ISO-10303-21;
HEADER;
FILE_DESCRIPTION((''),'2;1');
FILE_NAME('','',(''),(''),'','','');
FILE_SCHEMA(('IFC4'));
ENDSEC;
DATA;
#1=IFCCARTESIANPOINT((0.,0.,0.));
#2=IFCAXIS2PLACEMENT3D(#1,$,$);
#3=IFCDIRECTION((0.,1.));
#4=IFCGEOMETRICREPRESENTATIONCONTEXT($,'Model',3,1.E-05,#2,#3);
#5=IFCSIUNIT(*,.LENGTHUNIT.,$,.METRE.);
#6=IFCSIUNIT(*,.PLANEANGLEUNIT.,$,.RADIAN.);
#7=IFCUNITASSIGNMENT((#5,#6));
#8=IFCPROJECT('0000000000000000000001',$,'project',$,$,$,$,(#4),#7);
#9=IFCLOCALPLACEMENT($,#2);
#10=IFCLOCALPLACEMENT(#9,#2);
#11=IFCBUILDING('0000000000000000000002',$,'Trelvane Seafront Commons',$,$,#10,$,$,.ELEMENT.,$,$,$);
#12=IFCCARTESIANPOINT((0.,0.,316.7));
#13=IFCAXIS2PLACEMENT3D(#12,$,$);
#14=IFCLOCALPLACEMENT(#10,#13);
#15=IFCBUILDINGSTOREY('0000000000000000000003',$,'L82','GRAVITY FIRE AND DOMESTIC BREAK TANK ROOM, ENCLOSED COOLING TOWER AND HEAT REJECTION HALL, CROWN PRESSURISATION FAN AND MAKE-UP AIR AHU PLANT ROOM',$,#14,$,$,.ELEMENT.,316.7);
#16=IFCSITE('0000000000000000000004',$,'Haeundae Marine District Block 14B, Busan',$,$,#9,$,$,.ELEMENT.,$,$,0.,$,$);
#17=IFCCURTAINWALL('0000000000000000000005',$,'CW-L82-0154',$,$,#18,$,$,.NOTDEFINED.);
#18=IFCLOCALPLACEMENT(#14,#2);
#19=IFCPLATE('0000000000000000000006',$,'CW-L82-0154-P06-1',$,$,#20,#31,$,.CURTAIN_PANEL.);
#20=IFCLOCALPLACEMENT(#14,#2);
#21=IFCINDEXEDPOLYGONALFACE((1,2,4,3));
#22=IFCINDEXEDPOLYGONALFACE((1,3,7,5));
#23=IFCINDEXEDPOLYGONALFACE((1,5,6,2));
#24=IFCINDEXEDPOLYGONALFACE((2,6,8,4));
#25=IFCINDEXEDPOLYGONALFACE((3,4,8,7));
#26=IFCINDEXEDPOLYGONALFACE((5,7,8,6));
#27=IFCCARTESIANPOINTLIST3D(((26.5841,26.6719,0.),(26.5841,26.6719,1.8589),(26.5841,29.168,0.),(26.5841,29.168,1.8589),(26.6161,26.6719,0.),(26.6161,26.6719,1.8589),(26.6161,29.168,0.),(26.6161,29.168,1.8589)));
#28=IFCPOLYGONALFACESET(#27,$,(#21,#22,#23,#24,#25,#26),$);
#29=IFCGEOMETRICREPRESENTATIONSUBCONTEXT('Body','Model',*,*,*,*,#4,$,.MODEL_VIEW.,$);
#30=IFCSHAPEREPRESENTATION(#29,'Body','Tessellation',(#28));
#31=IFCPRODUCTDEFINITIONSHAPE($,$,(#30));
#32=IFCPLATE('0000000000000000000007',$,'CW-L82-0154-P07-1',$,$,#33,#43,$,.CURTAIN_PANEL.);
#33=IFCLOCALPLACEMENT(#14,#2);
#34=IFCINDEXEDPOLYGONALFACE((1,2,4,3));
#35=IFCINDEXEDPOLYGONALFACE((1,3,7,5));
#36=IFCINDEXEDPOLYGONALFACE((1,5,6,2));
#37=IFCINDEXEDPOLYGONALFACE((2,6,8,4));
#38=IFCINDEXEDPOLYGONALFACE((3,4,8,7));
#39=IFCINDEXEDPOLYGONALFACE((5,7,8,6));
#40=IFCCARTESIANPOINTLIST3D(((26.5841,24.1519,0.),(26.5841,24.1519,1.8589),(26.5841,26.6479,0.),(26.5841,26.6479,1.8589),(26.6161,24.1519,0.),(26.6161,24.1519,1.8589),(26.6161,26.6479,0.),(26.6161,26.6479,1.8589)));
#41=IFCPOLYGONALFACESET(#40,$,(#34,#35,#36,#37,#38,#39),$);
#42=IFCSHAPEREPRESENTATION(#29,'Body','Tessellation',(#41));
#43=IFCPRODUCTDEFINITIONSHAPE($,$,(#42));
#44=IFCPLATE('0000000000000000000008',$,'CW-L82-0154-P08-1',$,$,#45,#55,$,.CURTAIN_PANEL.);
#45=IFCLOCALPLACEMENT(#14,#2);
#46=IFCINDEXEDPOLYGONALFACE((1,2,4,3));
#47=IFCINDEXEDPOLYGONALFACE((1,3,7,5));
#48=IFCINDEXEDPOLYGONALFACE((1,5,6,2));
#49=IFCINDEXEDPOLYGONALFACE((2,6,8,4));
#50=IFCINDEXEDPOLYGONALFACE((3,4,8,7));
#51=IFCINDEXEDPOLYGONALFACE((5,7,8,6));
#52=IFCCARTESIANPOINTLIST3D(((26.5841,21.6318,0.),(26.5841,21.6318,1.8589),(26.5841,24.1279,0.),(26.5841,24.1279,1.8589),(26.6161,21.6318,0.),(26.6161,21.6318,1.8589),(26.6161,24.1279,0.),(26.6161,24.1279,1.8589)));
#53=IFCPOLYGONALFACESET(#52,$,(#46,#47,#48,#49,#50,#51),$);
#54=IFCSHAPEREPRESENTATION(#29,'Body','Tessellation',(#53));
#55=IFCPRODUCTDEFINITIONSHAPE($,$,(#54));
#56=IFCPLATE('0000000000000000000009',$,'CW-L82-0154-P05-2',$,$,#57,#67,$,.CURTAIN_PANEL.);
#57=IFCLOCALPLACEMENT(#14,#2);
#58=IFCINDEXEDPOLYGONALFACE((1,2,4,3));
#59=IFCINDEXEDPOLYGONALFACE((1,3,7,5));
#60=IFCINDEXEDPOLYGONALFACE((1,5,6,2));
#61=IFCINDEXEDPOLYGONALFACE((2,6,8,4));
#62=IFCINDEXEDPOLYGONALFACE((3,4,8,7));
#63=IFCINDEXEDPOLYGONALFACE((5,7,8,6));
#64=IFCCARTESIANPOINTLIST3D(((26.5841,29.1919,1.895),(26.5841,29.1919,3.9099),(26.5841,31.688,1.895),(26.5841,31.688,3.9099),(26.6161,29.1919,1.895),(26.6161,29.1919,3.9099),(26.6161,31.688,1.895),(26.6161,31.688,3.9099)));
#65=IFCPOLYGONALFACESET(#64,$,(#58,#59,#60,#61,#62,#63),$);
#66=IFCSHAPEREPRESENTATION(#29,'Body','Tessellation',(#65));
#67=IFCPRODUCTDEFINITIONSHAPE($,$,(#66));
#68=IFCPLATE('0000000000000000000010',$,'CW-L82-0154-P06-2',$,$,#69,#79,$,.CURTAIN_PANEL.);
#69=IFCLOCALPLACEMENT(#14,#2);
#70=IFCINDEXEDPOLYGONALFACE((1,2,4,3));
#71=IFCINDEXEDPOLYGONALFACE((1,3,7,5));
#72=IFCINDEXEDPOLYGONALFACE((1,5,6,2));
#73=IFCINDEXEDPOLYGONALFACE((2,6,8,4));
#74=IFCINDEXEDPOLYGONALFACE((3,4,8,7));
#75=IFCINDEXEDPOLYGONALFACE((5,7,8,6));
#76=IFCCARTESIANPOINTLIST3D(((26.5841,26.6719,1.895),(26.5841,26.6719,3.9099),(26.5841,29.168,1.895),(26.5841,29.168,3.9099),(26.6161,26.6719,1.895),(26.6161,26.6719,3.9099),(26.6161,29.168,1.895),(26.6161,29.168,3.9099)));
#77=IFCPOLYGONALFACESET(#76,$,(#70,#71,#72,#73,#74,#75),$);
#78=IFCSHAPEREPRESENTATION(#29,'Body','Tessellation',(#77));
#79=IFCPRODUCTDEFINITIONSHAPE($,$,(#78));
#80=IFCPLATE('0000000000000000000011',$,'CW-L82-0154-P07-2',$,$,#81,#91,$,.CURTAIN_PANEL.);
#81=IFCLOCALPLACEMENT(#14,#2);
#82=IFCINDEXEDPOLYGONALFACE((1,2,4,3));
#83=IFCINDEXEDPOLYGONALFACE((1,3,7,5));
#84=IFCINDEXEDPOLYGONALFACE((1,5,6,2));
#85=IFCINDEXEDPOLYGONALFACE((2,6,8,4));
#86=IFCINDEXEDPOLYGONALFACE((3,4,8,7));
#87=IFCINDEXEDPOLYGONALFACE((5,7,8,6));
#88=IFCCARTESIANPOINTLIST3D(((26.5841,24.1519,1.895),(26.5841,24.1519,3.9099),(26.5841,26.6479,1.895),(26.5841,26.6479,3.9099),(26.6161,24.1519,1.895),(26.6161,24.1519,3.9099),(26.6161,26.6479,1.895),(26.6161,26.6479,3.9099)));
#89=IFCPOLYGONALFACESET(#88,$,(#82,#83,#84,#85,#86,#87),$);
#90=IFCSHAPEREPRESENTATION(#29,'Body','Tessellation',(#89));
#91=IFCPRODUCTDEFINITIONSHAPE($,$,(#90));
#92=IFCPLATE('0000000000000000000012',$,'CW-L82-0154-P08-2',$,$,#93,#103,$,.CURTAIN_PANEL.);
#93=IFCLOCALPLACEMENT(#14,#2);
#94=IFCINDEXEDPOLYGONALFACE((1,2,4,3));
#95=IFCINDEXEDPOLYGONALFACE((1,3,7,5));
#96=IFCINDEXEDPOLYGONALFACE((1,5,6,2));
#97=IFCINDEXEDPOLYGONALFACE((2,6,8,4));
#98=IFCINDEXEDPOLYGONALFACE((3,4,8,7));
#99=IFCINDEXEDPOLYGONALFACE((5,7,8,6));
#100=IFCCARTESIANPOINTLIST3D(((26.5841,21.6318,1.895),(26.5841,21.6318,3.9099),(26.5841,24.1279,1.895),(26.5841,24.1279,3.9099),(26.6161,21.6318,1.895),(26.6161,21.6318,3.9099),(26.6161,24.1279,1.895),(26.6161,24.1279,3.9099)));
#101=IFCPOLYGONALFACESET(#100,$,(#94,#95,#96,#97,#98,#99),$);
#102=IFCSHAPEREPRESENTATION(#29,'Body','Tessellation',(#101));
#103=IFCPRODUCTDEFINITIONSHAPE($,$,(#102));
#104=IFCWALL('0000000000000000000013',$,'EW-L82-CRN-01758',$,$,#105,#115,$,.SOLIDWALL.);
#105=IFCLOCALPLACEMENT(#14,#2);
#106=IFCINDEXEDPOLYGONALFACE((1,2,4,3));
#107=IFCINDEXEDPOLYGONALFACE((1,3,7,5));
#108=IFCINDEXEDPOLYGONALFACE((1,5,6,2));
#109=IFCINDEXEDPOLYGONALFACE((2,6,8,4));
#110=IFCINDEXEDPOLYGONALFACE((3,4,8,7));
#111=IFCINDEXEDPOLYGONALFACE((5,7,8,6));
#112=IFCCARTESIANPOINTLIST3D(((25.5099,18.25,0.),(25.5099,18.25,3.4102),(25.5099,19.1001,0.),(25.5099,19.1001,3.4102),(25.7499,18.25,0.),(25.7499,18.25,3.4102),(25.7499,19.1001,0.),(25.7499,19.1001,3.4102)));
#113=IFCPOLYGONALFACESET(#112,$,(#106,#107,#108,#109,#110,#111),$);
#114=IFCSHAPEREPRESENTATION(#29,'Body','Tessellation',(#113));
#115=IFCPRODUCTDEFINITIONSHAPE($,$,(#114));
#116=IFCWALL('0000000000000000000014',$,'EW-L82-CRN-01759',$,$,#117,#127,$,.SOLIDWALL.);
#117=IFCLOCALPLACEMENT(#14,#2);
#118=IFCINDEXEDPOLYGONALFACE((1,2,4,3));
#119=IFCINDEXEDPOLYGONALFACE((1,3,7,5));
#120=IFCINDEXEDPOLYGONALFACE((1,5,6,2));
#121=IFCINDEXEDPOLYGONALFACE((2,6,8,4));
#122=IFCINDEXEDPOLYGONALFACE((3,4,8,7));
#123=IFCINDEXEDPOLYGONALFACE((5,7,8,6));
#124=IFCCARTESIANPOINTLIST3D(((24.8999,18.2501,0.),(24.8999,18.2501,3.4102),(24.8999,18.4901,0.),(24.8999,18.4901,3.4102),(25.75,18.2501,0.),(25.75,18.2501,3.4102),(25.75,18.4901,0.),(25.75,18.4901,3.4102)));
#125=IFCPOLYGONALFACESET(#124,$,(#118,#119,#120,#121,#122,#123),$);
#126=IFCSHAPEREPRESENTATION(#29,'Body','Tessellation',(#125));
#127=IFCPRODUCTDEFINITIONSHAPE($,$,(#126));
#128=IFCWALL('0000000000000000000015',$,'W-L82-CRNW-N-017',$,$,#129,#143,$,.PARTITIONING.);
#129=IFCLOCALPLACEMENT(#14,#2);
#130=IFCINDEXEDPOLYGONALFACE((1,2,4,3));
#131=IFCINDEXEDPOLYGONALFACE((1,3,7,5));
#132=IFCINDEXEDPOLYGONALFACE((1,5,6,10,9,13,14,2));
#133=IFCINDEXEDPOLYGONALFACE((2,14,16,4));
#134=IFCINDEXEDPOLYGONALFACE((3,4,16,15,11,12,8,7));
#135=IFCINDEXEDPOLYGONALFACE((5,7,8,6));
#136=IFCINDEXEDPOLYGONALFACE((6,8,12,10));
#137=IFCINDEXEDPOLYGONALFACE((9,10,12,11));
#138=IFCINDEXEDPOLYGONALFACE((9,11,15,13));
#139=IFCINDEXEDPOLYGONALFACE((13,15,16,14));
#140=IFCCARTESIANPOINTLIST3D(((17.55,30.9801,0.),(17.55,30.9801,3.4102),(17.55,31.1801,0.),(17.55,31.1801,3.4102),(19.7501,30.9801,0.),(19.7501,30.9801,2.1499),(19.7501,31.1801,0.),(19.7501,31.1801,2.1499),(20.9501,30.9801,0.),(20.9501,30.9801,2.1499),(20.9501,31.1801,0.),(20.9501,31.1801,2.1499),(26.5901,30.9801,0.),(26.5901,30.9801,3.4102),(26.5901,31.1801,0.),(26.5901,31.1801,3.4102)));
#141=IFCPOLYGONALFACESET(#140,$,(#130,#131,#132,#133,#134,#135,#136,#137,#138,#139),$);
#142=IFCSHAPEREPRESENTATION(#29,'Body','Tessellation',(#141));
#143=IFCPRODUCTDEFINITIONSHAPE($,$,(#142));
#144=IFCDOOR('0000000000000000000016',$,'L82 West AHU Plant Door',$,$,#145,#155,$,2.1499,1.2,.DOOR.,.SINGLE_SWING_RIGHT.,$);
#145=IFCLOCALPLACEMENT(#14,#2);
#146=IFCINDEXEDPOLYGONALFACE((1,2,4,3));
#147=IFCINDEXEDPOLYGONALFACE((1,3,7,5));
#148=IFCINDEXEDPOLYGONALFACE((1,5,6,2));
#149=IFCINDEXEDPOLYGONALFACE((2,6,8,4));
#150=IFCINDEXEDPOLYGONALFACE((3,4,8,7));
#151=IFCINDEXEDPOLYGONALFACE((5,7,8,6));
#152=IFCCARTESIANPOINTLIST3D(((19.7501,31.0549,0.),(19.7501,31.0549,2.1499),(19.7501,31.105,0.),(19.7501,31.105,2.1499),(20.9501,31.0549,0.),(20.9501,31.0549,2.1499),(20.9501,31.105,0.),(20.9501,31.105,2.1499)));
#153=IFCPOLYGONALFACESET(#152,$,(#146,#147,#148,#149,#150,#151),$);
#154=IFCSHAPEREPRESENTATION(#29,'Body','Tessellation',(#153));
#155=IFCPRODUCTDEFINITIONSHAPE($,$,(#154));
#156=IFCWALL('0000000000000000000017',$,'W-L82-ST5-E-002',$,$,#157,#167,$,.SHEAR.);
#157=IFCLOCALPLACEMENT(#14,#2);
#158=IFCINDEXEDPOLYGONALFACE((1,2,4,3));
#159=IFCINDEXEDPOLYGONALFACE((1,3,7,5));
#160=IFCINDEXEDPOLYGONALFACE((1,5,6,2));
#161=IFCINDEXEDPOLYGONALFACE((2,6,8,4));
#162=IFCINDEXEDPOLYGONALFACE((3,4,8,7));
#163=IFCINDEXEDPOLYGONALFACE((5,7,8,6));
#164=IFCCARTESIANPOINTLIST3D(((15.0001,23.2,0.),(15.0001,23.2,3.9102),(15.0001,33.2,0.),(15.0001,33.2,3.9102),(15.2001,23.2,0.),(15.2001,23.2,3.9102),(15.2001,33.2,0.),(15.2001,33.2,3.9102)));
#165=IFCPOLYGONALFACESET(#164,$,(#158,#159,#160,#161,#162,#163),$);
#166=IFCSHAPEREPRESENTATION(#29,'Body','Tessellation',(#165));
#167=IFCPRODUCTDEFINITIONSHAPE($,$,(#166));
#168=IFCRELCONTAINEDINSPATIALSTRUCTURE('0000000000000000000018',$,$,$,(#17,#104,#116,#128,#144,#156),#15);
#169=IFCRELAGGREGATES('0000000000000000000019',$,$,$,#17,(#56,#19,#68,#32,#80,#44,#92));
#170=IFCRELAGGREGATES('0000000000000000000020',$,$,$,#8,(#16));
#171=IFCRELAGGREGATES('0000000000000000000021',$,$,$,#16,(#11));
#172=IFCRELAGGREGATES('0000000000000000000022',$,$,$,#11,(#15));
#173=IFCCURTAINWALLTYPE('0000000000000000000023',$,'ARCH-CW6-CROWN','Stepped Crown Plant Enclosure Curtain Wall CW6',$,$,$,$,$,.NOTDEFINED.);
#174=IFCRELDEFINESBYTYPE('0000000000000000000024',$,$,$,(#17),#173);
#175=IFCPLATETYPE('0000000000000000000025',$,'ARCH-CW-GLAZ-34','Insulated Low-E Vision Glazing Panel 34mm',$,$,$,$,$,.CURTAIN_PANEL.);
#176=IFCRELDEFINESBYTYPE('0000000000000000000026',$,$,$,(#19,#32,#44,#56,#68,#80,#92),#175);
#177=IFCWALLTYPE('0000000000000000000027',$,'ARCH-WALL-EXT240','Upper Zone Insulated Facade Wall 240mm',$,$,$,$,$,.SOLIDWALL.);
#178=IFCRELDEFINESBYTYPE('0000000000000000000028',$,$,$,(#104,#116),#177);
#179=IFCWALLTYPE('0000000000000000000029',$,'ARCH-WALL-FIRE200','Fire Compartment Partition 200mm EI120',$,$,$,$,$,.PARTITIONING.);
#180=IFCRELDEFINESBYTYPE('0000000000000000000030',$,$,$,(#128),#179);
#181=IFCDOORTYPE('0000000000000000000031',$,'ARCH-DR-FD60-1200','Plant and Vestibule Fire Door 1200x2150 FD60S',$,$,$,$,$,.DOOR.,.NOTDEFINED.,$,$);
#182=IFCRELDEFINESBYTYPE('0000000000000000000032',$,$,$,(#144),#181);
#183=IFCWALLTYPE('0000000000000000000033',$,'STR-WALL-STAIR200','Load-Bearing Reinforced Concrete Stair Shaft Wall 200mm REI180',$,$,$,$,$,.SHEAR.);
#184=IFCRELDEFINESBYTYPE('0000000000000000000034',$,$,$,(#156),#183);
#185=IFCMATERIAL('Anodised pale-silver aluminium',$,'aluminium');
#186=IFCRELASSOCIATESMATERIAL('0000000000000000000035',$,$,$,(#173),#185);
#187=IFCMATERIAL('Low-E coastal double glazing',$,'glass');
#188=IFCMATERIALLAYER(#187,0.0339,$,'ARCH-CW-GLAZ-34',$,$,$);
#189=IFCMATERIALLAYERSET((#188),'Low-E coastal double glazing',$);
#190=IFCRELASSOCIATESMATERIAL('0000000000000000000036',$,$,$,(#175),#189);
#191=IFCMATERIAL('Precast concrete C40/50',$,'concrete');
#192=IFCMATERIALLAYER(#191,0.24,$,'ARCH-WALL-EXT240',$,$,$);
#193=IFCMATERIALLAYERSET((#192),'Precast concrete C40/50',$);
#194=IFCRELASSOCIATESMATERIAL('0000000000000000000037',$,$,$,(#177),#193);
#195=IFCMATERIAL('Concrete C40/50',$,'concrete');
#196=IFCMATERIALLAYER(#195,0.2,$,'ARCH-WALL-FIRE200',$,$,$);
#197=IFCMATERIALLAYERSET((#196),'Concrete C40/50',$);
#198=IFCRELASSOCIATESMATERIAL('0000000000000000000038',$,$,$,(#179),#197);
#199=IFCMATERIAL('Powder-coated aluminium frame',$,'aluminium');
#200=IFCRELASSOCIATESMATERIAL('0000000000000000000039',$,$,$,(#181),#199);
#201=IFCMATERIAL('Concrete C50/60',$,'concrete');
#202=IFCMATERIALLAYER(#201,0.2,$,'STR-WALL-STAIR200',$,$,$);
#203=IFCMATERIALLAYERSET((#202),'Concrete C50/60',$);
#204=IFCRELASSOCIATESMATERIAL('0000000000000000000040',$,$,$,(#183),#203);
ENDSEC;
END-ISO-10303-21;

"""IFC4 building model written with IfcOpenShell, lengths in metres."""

from ifc_helpers import new_model, si_unit, direction, frame, frame_2d, origin, origin_2d, place, context, subcontext, project, spatial, rectangle, extrude, source, transform, mapped, material, layer, layer_set, type_object, element, fill, aggregate, save


model = new_model("IFC4")

# Units and contexts
model_context = context("Model", 3, precision=1e-05, world=origin(), true_north=direction((0.0, 1.0)))
body_context = subcontext(model_context, "Body", "Model", "MODEL_VIEW")
ifc_project = project(units=[si_unit("LENGTHUNIT", "METRE"), si_unit("PLANEANGLEUNIT", "RADIAN")], contexts=[model_context])

# Site, building, storey
site_placement = place(None, origin())
site = spatial("IfcSite", under=ifc_project, at=site_placement, Name="Haeundae Marine District Block 14B, Busan", CompositionType="ELEMENT", RefElevation=0.0)
building_placement = place(site_placement, origin())
building = spatial("IfcBuilding", under=site, at=building_placement, Name="Trelvane Seafront Commons", CompositionType="ELEMENT")
storey_placement = place(building_placement, frame((0.0, 0.0, 316.7)))
storey = spatial("IfcBuildingStorey", under=building, at=storey_placement, Name="L82", Description="GRAVITY FIRE AND DOMESTIC BREAK TANK ROOM, ENCLOSED COOLING TOWER AND HEAT REJECTION HALL, CROWN PRESSURISATION FAN AND MAKE-UP AIR AHU PLANT ROOM", CompositionType="ELEMENT", Elevation=316.7)

# Curtain wall, plates
ifc_material_1 = material(Name="Anodised pale-silver aluminium", Category="aluminium")
curtain_wall_type = type_object("IfcCurtainWallType", Name="ARCH-CW6-CROWN", Description="Stepped Crown Plant Enclosure Curtain Wall CW6", PredefinedType="NOTDEFINED", material=ifc_material_1)
curtain_wall_placement = place(storey_placement, origin())
curtain_wall = element("IfcCurtainWall", 1, at=curtain_wall_placement, inside=storey, type_object=curtain_wall_type, Name="CW-L82-0154", PredefinedType="NOTDEFINED")
ifc_material_2 = material(Name="Low-E coastal double glazing", Category="glass")
ifc_layer_1 = layer(ifc_material_2, 0.0339, Name="ARCH-CW-GLAZ-34")
ifc_layer_set_1 = layer_set([ifc_layer_1], Name="Low-E coastal double glazing")
plate_type = type_object("IfcPlateType", Name="ARCH-CW-GLAZ-34", Description="Insulated Low-E Vision Glazing Panel 34mm", PredefinedType="CURTAIN_PANEL", material=ifc_layer_set_1)
shared_shape_1 = source(origin(), body_context, "Body", "SweptSolid", [
    extrude(rectangle(XDim=2.4961, YDim=0.032, at=origin_2d()), origin(), (0.0, 0.0, 1.0), 1.8589),
])
plate_1_placement = place(storey_placement, frame((26.6001, 27.9199, 0.0), z_axis=(0.0, 0.0, 1.0), x_axis=(0.0, -1.0, 0.0)))
plate_1 = element("IfcPlate", 2, at=plate_1_placement, type_object=plate_type, Name="CW-L82-0154-P06-1", PredefinedType="CURTAIN_PANEL", context=body_context, shape_type="MappedRepresentation", body=[
    mapped(shared_shape_1, transform((0.0, 0.0, 0.0), x_axis=(1.0, 0.0, 0.0), y_axis=(0.0, 1.0, 0.0), z_axis=(0.0, 0.0, 1.0), scale=1.0)),
])
plate_2_placement = place(storey_placement, frame((26.6001, 25.3999, 0.0), z_axis=(0.0, 0.0, 1.0), x_axis=(0.0, -1.0, 0.0)))
plate_2 = element("IfcPlate", 3, at=plate_2_placement, type_object=plate_type, Name="CW-L82-0154-P07-1", PredefinedType="CURTAIN_PANEL", context=body_context, shape_type="MappedRepresentation", body=[
    mapped(shared_shape_1, transform((0.0, 0.0, 0.0), x_axis=(1.0, 0.0, 0.0), y_axis=(0.0, 1.0, 0.0), z_axis=(0.0, 0.0, 1.0), scale=1.0)),
])
plate_3_placement = place(storey_placement, frame((26.6001, 22.8799, 0.0), z_axis=(0.0, 0.0, 1.0), x_axis=(0.0, -1.0, 0.0)))
plate_3 = element("IfcPlate", 4, at=plate_3_placement, type_object=plate_type, Name="CW-L82-0154-P08-1", PredefinedType="CURTAIN_PANEL", context=body_context, shape_type="MappedRepresentation", body=[
    mapped(shared_shape_1, transform((0.0, 0.0, 0.0), x_axis=(1.0, 0.0, 0.0), y_axis=(0.0, 1.0, 0.0), z_axis=(0.0, 0.0, 1.0), scale=1.0)),
])
shared_shape_2 = source(origin(), body_context, "Body", "SweptSolid", [
    extrude(rectangle(XDim=2.4961, YDim=0.032, at=origin_2d()), origin(), (0.0, 0.0, 1.0), 2.0149),
])
plate_4_placement = place(storey_placement, frame((26.6001, 30.4399, 1.895), z_axis=(0.0, 0.0, 1.0), x_axis=(0.0, -1.0, 0.0)))
plate_4 = element("IfcPlate", 5, at=plate_4_placement, type_object=plate_type, Name="CW-L82-0154-P05-2", PredefinedType="CURTAIN_PANEL", context=body_context, shape_type="MappedRepresentation", body=[
    mapped(shared_shape_2, transform((0.0, 0.0, 0.0), x_axis=(1.0, 0.0, 0.0), y_axis=(0.0, 1.0, 0.0), z_axis=(0.0, 0.0, 1.0), scale=1.0)),
])
plate_5_placement = place(storey_placement, frame((26.6001, 27.9199, 1.895), z_axis=(0.0, 0.0, 1.0), x_axis=(0.0, -1.0, 0.0)))
plate_5 = element("IfcPlate", 6, at=plate_5_placement, type_object=plate_type, Name="CW-L82-0154-P06-2", PredefinedType="CURTAIN_PANEL", context=body_context, shape_type="MappedRepresentation", body=[
    mapped(shared_shape_2, transform((0.0, 0.0, 0.0), x_axis=(1.0, 0.0, 0.0), y_axis=(0.0, 1.0, 0.0), z_axis=(0.0, 0.0, 1.0), scale=1.0)),
])
plate_6_placement = place(storey_placement, frame((26.6001, 25.3999, 1.895), z_axis=(0.0, 0.0, 1.0), x_axis=(0.0, -1.0, 0.0)))
plate_6 = element("IfcPlate", 7, at=plate_6_placement, type_object=plate_type, Name="CW-L82-0154-P07-2", PredefinedType="CURTAIN_PANEL", context=body_context, shape_type="MappedRepresentation", body=[
    mapped(shared_shape_2, transform((0.0, 0.0, 0.0), x_axis=(1.0, 0.0, 0.0), y_axis=(0.0, 1.0, 0.0), z_axis=(0.0, 0.0, 1.0), scale=1.0)),
])
plate_7_placement = place(storey_placement, frame((26.6001, 22.8799, 1.895), z_axis=(0.0, 0.0, 1.0), x_axis=(0.0, -1.0, 0.0)))
plate_7 = element("IfcPlate", 8, at=plate_7_placement, type_object=plate_type, Name="CW-L82-0154-P08-2", PredefinedType="CURTAIN_PANEL", context=body_context, shape_type="MappedRepresentation", body=[
    mapped(shared_shape_2, transform((0.0, 0.0, 0.0), x_axis=(1.0, 0.0, 0.0), y_axis=(0.0, 1.0, 0.0), z_axis=(0.0, 0.0, 1.0), scale=1.0)),
])
aggregate(curtain_wall, [plate_4, plate_1, plate_5, plate_2, plate_6, plate_3, plate_7])

# Walls
ifc_material_3 = material(Name="Precast concrete C40/50", Category="concrete")
ifc_layer_2 = layer(ifc_material_3, 0.24, Name="ARCH-WALL-EXT240")
ifc_layer_set_2 = layer_set([ifc_layer_2], Name="Precast concrete C40/50")
wall_type_1 = type_object("IfcWallType", Name="ARCH-WALL-EXT240", Description="Upper Zone Insulated Facade Wall 240mm", PredefinedType="SOLIDWALL", material=ifc_layer_set_2)
for number, where, z_axis, x_axis, name in (
    (9, (25.6299, 19.1001, 0.0), (0.0, 0.0, 1.0), (0.0, -1.0, 0.0), "EW-L82-CRN-01758"),
    (10, (25.75, 18.3701, 0.0), (0.0, 0.0, 1.0), (-1.0, 0.0, 0.0), "EW-L82-CRN-01759"),
):
    element("IfcWall", number, at=place(storey_placement, frame(where, z_axis=z_axis, x_axis=x_axis)), inside=storey, type_object=wall_type_1, Name=name, PredefinedType="SOLIDWALL", context=body_context, shape_type="SweptSolid", body=[
        extrude(rectangle(XDim=0.8501, YDim=0.24, at=frame_2d((0.425, 0.0))), origin(), (0.0, 0.0, 1.0), 3.4102),
    ])

# Wall, opening, door
ifc_material_4 = material(Name="Concrete C40/50", Category="concrete")
ifc_layer_3 = layer(ifc_material_4, 0.2, Name="ARCH-WALL-FIRE200")
ifc_layer_set_3 = layer_set([ifc_layer_3], Name="Concrete C40/50")
wall_type_2 = type_object("IfcWallType", Name="ARCH-WALL-FIRE200", Description="Fire Compartment Partition 200mm EI120", PredefinedType="PARTITIONING", material=ifc_layer_set_3)
wall_1_placement = place(storey_placement, frame((17.55, 31.0801, 0.0), z_axis=(0.0, 0.0, 1.0), x_axis=(1.0, 0.0, 0.0)))
wall_1 = element("IfcWall", 11, at=wall_1_placement, inside=storey, type_object=wall_type_2, Name="W-L82-CRNW-N-017", PredefinedType="PARTITIONING", context=body_context, shape_type="SweptSolid", body=[
    extrude(rectangle(XDim=9.04, YDim=0.2, at=frame_2d((4.52, 0.0))), origin(), (0.0, 0.0, 1.0), 3.4102),
])
opening_placement = place(wall_1_placement, frame((2.2, 0.0, 0.0)))
opening = element("IfcOpeningElement", 12, at=opening_placement, cuts=wall_1, PredefinedType="OPENING", context=body_context, shape_type="SweptSolid", body=[
    extrude(rectangle(XDim=1.2, YDim=2.1499, at=frame_2d((0.6001, 1.075))), frame((0.0, 0.1099, 0.0), z_axis=(0.0, -1.0, 0.0), x_axis=(1.0, 0.0, 0.0)), (0.0, 0.0, 1.0), 0.22),
])
ifc_material_5 = material(Name="Powder-coated aluminium frame", Category="aluminium")
door_type = type_object("IfcDoorType", Name="ARCH-DR-FD60-1200", Description="Plant and Vestibule Fire Door 1200x2150 FD60S", OperationType="NOTDEFINED", PredefinedType="DOOR", material=ifc_material_5)
shared_shape_3 = source(origin(), body_context, "Body", "SweptSolid", [
    extrude(rectangle(XDim=1.2, YDim=2.1499, at=frame_2d((0.6001, 1.075))), frame((0.0, 0.0249, 0.0), z_axis=(0.0, -1.0, 0.0), x_axis=(1.0, 0.0, 0.0)), (0.0, 0.0, 1.0), 0.05),
])
door_placement = place(opening_placement, origin())
door = element("IfcDoor", 13, at=door_placement, inside=storey, type_object=door_type, Name="L82 West AHU Plant Door", OperationType="SINGLE_SWING_RIGHT", OverallHeight=2.1499, OverallWidth=1.2, PredefinedType="DOOR", context=body_context, shape_type="MappedRepresentation", body=[
    mapped(shared_shape_3, transform((0.0, 0.0, 0.0), x_axis=(1.0, 0.0, 0.0), y_axis=(0.0, 1.0, 0.0), z_axis=(0.0, 0.0, 1.0), scale=1.0)),
])
fill(opening, door)

# Wall
ifc_material_6 = material(Name="Concrete C50/60", Category="concrete")
ifc_layer_4 = layer(ifc_material_6, 0.2, Name="STR-WALL-STAIR200")
ifc_layer_set_4 = layer_set([ifc_layer_4], Name="Concrete C50/60")
wall_type_3 = type_object("IfcWallType", Name="STR-WALL-STAIR200", Description="Load-Bearing Reinforced Concrete Stair Shaft Wall 200mm REI180", PredefinedType="SHEAR", material=ifc_layer_set_4)
wall_2_placement = place(storey_placement, frame((15.1001, 23.2, 0.0), z_axis=(0.0, 0.0, 1.0), x_axis=(0.0, 1.0, 0.0)))
element("IfcWall", 14, at=wall_2_placement, inside=storey, type_object=wall_type_3, Name="W-L82-ST5-E-002", PredefinedType="SHEAR", context=body_context, shape_type="SweptSolid", body=[
    extrude(rectangle(XDim=10.0, YDim=0.2, at=frame_2d((5.0, 0.0))), origin(), (0.0, 0.0, 1.0), 3.9102),
])

save(model, "model.ifc")
